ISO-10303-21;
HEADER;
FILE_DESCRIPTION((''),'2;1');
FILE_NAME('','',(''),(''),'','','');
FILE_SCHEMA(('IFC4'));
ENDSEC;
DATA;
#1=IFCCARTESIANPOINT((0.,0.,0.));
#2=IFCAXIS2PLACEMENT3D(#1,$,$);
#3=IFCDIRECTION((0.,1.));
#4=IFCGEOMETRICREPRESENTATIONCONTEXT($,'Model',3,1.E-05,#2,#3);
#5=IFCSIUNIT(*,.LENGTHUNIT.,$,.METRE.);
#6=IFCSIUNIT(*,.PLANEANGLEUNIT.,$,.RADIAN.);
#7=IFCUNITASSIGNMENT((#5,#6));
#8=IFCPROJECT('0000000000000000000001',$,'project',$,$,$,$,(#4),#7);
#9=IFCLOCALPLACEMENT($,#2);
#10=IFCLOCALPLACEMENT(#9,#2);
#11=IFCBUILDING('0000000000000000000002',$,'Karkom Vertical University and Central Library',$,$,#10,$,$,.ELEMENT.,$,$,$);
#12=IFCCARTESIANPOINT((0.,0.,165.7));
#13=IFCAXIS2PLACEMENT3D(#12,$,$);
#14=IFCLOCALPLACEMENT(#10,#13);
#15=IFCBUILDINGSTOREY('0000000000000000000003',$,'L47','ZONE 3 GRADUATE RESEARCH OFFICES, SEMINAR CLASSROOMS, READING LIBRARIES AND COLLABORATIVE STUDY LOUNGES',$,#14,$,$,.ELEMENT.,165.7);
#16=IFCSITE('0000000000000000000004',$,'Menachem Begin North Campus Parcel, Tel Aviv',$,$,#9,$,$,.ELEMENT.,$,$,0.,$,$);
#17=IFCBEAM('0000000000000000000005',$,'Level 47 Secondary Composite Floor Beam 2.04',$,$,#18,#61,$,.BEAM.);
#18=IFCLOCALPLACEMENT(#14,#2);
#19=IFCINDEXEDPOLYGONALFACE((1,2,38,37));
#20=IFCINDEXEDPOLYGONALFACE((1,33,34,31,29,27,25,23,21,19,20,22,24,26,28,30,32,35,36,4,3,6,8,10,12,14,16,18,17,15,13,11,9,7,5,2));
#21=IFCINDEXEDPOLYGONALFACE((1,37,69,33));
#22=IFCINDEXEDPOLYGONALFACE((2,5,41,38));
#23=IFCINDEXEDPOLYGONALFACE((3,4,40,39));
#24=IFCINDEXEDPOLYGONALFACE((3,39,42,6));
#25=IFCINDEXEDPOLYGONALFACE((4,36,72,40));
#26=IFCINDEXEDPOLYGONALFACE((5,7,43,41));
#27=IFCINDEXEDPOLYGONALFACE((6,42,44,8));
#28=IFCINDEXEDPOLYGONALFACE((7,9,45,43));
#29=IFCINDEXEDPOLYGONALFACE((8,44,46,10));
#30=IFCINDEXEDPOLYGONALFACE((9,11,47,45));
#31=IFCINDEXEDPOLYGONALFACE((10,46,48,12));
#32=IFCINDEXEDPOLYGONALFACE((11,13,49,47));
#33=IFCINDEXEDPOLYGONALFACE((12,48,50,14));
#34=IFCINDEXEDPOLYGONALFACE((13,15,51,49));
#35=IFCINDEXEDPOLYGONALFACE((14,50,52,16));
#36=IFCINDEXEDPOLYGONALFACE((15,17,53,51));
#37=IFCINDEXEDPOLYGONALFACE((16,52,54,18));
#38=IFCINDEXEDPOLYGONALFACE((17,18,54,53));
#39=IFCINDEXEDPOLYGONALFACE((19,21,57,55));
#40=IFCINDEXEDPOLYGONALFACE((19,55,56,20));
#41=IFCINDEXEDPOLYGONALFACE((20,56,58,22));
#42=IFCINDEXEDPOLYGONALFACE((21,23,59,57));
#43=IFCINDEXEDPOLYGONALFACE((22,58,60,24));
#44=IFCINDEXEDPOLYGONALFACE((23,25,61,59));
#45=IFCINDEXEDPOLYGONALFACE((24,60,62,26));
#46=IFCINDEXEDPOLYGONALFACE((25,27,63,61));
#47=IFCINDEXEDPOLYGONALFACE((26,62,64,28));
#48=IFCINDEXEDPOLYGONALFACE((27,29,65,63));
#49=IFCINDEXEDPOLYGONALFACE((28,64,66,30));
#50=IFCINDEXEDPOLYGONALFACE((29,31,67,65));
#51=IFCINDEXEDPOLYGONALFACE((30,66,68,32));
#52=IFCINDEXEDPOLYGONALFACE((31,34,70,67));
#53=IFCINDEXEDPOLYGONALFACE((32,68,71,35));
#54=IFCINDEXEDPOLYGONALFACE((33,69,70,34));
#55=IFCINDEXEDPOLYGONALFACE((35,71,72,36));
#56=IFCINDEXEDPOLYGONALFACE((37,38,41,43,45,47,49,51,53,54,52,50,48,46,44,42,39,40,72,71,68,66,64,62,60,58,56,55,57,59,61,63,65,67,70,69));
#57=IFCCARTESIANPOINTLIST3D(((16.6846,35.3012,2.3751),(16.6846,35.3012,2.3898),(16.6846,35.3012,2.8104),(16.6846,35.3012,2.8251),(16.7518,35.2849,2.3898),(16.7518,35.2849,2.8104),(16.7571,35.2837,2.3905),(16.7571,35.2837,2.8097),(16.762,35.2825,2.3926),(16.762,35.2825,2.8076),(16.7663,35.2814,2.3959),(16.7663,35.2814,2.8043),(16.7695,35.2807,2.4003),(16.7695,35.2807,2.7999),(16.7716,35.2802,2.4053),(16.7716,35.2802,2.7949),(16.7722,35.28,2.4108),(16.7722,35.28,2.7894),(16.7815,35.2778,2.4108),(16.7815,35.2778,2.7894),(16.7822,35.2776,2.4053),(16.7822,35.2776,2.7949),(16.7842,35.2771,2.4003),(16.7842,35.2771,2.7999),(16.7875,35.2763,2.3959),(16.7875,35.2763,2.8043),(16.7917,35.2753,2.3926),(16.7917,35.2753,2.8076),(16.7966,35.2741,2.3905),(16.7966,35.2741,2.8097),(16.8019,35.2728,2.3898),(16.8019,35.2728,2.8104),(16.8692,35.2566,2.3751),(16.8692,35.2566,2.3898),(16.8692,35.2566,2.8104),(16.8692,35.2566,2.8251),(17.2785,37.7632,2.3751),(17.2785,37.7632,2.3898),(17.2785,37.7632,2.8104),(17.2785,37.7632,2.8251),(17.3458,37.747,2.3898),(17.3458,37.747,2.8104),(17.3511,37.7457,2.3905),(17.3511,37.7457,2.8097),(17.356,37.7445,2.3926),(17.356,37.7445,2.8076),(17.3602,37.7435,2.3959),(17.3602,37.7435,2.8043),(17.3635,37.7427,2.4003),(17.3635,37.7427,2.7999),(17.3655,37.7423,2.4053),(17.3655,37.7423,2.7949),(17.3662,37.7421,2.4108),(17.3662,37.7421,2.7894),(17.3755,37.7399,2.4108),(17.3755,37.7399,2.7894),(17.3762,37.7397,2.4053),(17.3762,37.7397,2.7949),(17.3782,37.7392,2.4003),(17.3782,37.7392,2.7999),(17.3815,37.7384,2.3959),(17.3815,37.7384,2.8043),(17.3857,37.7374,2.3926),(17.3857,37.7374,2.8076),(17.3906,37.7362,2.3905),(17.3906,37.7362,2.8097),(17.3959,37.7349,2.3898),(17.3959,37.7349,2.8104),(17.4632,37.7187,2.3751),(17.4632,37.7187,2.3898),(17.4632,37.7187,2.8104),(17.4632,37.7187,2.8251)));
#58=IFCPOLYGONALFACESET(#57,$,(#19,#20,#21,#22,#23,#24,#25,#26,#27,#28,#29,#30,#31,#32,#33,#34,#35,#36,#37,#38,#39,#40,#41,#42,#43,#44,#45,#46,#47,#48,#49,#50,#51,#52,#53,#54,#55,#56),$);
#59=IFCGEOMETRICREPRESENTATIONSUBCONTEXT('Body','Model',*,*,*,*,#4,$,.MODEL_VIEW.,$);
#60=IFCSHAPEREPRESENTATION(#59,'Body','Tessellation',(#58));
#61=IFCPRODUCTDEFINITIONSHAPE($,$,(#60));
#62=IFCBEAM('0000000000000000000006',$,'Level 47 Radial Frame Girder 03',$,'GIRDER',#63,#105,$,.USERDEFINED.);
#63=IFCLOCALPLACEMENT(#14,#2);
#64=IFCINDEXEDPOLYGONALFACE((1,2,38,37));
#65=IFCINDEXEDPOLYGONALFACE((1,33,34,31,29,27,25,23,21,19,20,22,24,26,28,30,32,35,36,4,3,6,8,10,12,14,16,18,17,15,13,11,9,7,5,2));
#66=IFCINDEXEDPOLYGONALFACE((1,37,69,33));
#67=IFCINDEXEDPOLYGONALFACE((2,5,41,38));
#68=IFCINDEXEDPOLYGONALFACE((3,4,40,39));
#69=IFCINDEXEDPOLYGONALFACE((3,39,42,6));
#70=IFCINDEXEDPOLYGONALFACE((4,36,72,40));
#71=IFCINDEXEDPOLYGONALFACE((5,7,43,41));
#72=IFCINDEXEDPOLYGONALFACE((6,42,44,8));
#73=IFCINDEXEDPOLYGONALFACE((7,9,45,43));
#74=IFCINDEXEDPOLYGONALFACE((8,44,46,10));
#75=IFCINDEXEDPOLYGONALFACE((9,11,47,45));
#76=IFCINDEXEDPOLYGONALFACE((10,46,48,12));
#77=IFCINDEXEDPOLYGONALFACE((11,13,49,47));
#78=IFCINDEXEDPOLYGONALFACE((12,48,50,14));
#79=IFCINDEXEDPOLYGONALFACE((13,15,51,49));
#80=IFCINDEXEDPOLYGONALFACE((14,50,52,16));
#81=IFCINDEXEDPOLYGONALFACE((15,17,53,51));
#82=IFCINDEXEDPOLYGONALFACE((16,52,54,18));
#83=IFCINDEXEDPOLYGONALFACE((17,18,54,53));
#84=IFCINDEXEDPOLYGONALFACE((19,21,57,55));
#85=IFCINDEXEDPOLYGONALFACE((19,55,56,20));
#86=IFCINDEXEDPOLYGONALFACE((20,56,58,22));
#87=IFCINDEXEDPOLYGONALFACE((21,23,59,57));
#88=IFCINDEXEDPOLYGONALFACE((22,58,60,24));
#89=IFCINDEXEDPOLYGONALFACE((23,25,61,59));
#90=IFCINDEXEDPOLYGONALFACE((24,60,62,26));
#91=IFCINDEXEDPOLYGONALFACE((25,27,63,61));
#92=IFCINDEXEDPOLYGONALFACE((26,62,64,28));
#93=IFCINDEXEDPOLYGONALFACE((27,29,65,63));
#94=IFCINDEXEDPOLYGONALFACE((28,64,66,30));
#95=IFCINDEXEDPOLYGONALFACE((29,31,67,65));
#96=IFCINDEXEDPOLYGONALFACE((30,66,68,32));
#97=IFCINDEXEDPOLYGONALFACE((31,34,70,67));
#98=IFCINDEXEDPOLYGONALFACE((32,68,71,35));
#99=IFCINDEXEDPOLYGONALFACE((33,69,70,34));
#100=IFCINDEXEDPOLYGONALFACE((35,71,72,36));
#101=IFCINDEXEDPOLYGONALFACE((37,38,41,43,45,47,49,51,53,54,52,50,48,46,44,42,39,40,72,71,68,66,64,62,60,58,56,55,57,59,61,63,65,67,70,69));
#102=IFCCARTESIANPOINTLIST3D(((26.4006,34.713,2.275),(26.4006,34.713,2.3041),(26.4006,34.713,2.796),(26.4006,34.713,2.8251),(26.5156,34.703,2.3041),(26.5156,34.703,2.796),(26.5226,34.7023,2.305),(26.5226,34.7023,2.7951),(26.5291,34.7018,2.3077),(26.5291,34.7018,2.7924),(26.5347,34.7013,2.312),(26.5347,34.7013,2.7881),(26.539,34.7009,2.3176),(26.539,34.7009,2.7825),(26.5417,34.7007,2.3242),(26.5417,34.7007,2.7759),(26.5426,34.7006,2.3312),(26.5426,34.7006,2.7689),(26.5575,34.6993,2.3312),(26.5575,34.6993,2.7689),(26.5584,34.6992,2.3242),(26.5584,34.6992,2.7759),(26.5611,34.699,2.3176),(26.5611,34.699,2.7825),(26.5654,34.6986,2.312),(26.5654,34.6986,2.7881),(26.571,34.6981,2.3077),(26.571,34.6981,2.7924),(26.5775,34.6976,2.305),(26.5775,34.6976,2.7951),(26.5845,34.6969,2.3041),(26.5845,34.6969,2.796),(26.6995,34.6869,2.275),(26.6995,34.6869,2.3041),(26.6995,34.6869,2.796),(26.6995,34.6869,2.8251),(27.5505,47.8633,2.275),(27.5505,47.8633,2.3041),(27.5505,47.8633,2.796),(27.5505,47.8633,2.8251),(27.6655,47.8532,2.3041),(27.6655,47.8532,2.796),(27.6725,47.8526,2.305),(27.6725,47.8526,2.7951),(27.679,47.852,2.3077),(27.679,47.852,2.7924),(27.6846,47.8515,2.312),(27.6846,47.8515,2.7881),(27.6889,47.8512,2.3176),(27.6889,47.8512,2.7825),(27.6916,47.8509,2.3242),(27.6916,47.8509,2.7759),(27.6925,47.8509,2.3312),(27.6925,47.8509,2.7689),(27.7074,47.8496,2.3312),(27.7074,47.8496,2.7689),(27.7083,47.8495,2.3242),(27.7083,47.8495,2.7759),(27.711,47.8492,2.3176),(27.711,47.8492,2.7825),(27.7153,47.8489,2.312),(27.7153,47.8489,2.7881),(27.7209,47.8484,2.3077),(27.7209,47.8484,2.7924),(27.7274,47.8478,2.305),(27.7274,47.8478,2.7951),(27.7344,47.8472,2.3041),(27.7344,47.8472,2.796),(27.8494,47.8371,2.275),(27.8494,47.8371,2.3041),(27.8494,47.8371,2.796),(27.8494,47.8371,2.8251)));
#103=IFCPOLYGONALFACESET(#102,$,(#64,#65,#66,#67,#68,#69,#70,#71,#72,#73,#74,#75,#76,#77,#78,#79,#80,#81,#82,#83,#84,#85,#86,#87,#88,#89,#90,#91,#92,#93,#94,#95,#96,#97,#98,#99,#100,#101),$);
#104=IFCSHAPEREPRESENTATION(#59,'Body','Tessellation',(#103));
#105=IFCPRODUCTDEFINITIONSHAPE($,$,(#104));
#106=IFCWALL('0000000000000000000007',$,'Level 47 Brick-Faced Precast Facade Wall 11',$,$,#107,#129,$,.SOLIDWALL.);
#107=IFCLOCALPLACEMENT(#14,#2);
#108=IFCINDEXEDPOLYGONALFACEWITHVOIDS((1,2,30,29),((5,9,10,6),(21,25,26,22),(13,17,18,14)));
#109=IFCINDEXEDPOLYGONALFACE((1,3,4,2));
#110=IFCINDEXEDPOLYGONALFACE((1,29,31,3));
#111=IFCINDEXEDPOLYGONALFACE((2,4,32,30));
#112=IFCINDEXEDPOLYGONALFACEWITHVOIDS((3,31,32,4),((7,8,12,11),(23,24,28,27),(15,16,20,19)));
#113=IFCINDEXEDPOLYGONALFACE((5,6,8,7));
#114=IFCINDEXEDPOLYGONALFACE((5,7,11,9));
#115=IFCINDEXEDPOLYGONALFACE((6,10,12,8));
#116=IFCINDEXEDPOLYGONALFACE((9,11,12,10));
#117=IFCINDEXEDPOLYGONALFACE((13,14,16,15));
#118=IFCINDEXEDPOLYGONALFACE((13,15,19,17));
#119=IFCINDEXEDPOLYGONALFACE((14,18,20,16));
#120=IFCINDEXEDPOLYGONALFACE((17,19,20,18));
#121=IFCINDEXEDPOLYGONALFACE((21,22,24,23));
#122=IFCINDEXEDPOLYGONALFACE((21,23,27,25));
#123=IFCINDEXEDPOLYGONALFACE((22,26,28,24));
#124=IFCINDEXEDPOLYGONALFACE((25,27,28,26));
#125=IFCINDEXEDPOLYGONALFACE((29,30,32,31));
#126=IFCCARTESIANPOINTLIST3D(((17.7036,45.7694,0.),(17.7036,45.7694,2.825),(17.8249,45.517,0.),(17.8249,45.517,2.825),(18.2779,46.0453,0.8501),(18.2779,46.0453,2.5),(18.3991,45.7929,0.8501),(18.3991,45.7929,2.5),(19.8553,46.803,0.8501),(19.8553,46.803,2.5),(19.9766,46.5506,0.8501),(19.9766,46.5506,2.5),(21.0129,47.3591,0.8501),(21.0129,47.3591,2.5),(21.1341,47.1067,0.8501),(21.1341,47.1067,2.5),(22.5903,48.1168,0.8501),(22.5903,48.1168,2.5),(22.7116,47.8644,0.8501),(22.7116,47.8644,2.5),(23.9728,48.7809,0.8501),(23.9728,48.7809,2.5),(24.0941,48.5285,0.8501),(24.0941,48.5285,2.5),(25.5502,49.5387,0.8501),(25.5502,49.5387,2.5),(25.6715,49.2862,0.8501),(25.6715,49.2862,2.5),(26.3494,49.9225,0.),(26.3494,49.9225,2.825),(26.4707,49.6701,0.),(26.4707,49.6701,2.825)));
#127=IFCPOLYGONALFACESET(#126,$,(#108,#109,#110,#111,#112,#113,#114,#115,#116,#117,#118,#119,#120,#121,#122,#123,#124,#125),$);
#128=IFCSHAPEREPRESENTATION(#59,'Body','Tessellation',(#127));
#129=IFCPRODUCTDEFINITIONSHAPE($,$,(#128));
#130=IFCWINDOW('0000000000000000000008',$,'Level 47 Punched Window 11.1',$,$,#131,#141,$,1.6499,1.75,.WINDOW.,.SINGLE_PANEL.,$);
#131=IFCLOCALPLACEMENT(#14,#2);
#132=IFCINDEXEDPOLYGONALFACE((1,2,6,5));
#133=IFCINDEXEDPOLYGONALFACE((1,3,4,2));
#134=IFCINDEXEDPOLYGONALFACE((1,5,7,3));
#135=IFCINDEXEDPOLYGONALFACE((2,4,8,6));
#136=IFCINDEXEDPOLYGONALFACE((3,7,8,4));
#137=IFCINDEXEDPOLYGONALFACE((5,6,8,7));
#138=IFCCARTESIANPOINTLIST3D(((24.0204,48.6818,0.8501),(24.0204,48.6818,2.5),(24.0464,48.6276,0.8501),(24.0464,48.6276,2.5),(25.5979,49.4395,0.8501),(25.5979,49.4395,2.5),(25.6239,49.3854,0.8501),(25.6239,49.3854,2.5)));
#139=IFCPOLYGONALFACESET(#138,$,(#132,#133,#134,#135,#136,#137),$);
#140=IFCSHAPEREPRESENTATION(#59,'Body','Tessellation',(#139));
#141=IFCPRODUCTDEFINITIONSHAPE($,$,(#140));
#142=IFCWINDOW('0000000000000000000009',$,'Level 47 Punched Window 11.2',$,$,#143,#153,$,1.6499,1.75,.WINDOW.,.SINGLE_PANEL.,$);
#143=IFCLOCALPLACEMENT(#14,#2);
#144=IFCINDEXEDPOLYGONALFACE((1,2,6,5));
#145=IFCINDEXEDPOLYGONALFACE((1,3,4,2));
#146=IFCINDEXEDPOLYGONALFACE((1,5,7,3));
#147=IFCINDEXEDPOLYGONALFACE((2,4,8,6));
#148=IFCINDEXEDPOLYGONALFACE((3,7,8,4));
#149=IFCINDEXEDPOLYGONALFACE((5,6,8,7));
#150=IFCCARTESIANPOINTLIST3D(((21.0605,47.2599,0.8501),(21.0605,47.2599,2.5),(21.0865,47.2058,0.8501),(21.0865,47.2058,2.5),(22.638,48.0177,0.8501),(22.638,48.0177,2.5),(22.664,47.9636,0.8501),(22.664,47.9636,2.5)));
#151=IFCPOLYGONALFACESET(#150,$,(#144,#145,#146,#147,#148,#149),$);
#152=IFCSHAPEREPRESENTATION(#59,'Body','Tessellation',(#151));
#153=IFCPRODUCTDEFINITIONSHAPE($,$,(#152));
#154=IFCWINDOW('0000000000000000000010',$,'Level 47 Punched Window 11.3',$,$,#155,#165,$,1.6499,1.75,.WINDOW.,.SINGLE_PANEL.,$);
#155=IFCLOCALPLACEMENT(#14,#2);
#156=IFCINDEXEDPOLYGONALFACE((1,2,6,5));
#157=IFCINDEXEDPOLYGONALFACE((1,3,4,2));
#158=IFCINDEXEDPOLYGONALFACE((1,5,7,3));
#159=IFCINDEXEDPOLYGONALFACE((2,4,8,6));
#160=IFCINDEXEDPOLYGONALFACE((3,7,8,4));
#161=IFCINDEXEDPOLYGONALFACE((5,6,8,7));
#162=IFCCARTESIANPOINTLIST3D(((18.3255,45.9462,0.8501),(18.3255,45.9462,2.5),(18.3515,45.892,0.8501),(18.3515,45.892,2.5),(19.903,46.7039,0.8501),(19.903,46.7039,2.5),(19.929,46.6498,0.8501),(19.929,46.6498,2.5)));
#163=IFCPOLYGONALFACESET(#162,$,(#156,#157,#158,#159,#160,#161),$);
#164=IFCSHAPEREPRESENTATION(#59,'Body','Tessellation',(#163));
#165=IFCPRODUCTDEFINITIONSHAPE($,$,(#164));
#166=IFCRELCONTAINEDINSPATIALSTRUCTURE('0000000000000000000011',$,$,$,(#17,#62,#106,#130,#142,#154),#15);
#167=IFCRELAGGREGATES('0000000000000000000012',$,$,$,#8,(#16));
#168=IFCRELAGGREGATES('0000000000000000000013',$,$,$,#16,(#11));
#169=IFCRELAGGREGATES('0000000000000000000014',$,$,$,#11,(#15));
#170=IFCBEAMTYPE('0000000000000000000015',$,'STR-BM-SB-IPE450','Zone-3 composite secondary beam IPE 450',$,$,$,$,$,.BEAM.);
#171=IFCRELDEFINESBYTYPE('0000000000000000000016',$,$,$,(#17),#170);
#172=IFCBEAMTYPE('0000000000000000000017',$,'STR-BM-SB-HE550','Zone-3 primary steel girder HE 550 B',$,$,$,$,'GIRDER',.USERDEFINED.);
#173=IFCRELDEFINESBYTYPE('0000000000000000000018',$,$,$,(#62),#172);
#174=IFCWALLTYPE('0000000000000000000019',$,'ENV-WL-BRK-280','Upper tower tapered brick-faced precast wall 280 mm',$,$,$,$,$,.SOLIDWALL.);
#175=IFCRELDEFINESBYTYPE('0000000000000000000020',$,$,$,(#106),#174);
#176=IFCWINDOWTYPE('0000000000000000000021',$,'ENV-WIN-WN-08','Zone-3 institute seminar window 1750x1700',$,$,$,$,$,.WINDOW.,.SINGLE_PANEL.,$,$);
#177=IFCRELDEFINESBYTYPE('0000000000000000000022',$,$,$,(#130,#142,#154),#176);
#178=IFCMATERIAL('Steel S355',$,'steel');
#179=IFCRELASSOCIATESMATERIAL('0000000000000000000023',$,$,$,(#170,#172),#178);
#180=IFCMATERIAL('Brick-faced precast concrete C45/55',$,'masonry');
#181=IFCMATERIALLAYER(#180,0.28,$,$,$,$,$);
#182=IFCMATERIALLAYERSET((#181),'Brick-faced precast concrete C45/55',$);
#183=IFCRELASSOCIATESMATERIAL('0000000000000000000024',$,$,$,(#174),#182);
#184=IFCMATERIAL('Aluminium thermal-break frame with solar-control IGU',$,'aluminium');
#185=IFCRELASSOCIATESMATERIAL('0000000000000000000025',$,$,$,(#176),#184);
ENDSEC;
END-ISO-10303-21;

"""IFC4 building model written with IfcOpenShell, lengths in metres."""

from ifc_helpers import new_model, si_unit, direction, frame, frame_2d, origin, origin_with_axes, origin_2d, place, context, subcontext, project, spatial, rectangle, i_section, extrude, source, transform, mapped, material, layer, layer_set, material_profile, profile_set, type_object, element, fill, save


model = new_model("IFC4")

# Units and contexts
model_context = context("Model", 3, precision=1e-05, world=origin(), true_north=direction((0.0, 1.0)))
body_context = subcontext(model_context, "Body", "Model", "MODEL_VIEW")
ifc_project = project(units=[si_unit("LENGTHUNIT", "METRE"), si_unit("PLANEANGLEUNIT", "RADIAN")], contexts=[model_context])

# Site, building, storey
site_placement = place(None, origin())
site = spatial("IfcSite", under=ifc_project, at=site_placement, Name="Menachem Begin North Campus Parcel, Tel Aviv", CompositionType="ELEMENT", RefElevation=0.0)
building_placement = place(site_placement, origin())
building = spatial("IfcBuilding", under=site, at=building_placement, Name="Karkom Vertical University and Central Library", CompositionType="ELEMENT")
storey_placement = place(building_placement, frame((0.0, 0.0, 165.7)))
storey = spatial("IfcBuildingStorey", under=building, at=storey_placement, Name="L47", Description="ZONE 3 GRADUATE RESEARCH OFFICES, SEMINAR CLASSROOMS, READING LIBRARIES AND COLLABORATIVE STUDY LOUNGES", CompositionType="ELEMENT", Elevation=165.7)

# Beams
ifc_material_1 = material(Name="Steel S355", Category="steel")
ifc_material_profile_1 = material_profile(ifc_material_1, i_section(OverallWidth=0.1899, OverallDepth=0.45, WebThickness=0.0095, FlangeThickness=0.0146, FilletRadius=0.021, at=origin_2d()), Name="IPE 450")
ifc_profile_set_1 = profile_set([ifc_material_profile_1], Name="Steel S355")
beam_type_1 = type_object("IfcBeamType", Name="STR-BM-SB-IPE450", Description="Zone-3 composite secondary beam IPE 450", PredefinedType="BEAM", material=ifc_profile_set_1)
shared_shape_1 = source(origin_with_axes(), body_context, "Body", "SweptSolid", [
    extrude(i_section(OverallWidth=0.1899, OverallDepth=0.45, WebThickness=0.0095, FlangeThickness=0.0146, FilletRadius=0.021, at=origin_2d()), origin(), (0.0, 0.0, 1.0), 2.5327),
])
beam_1_placement = place(storey_placement, frame((17.3708, 37.741, 2.6001), z_axis=(-0.234521, -0.972111, 0.0), x_axis=(0.972111, -0.234521, 0.0)))
element("IfcBeam", 1, at=beam_1_placement, inside=storey, type_object=beam_type_1, Name="Level 47 Secondary Composite Floor Beam 2.04", PredefinedType="BEAM", context=body_context, shape_type="MappedRepresentation", body=[
    mapped(shared_shape_1, transform((0.0, 0.0, 0.0), scale=1.0)),
])
ifc_material_profile_2 = material_profile(ifc_material_1, i_section(OverallWidth=0.3, OverallDepth=0.55, WebThickness=0.0149, FlangeThickness=0.0291, FilletRadius=0.0271, at=origin_2d()), Name="HE 550 B")
ifc_profile_set_2 = profile_set([ifc_material_profile_2], Name="Steel S355")
beam_type_2 = type_object("IfcBeamType", Name="STR-BM-SB-HE550", Description="Zone-3 primary steel girder HE 550 B", ElementType="GIRDER", PredefinedType="USERDEFINED", material=ifc_profile_set_2)
shared_shape_2 = source(origin_with_axes(), body_context, "Body", "SweptSolid", [
    extrude(i_section(OverallWidth=0.3, OverallDepth=0.55, WebThickness=0.0149, FlangeThickness=0.0291, FilletRadius=0.0271, at=origin_2d()), origin(), (0.0, 0.0, 1.0), 13.2004),
])
beam_2_placement = place(storey_placement, frame((26.55, 34.7, 2.55), z_axis=(0.087112, 0.996199, 0.0), x_axis=(-0.996199, 0.087112, 0.0)))
element("IfcBeam", 2, at=beam_2_placement, inside=storey, type_object=beam_type_2, Name="Level 47 Radial Frame Girder 03", ObjectType="GIRDER", PredefinedType="USERDEFINED", context=body_context, shape_type="MappedRepresentation", body=[
    mapped(shared_shape_2, transform((0.0, 0.0, 0.0), scale=1.0)),
])

# Wall, openings, windows
ifc_material_2 = material(Name="Brick-faced precast concrete C45/55", Category="masonry")
ifc_layer_1 = layer(ifc_material_2, 0.28)
ifc_layer_set_1 = layer_set([ifc_layer_1], Name="Brick-faced precast concrete C45/55")
wall_type_1 = type_object("IfcWallType", Name="ENV-WL-BRK-280", Description="Upper tower tapered brick-faced precast wall 280 mm", PredefinedType="SOLIDWALL", material=ifc_layer_set_1)
wall_1_placement = place(storey_placement, frame((26.4102, 49.7964, 0.0), z_axis=(0.0, 0.0, 1.0), x_axis=(-0.901396, -0.432995, 0.0)))
wall_1 = element("IfcWall", 3, at=wall_1_placement, inside=storey, type_object=wall_type_1, Name="Level 47 Brick-Faced Precast Facade Wall 11", PredefinedType="SOLIDWALL", context=body_context, shape_type="SweptSolid", body=[
    extrude(rectangle(XDim=9.5916, YDim=0.28, at=frame_2d((4.7959, 0.0))), origin(), (0.0, 0.0, 1.0), 2.825),
])
opening_1_placement = place(wall_1_placement, frame((0.8867, 0.0, 0.8501)))
opening_1 = element("IfcOpeningElement", 4, at=opening_1_placement, cuts=wall_1, PredefinedType="OPENING", context=body_context, shape_type="SweptSolid", body=[
    extrude(rectangle(XDim=1.75, YDim=1.6499, at=frame_2d((0.875, 0.825))), frame((0.0, 0.1499, 0.0), z_axis=(0.0, -1.0, 0.0), x_axis=(1.0, 0.0, 0.0)), (0.0, 0.0, 1.0), 0.3),
])
opening_2_placement = place(wall_1_placement, frame((4.1704, 0.0, 0.8501)))
opening_2 = element("IfcOpeningElement", 5, at=opening_2_placement, cuts=wall_1, PredefinedType="OPENING", context=body_context, shape_type="SweptSolid", body=[
    extrude(rectangle(XDim=1.75, YDim=1.6499, at=frame_2d((0.875, 0.825))), frame((0.0, 0.1499, 0.0), z_axis=(0.0, -1.0, 0.0), x_axis=(1.0, 0.0, 0.0)), (0.0, 0.0, 1.0), 0.3),
])
opening_3_placement = place(wall_1_placement, frame((7.2046, 0.0, 0.8501)))
opening_3 = element("IfcOpeningElement", 6, at=opening_3_placement, cuts=wall_1, PredefinedType="OPENING", context=body_context, shape_type="SweptSolid", body=[
    extrude(rectangle(XDim=1.75, YDim=1.6499, at=frame_2d((0.875, 0.825))), frame((0.0, 0.1499, 0.0), z_axis=(0.0, -1.0, 0.0), x_axis=(1.0, 0.0, 0.0)), (0.0, 0.0, 1.0), 0.3),
])
ifc_material_3 = material(Name="Aluminium thermal-break frame with solar-control IGU", Category="aluminium")
window_type_1 = type_object("IfcWindowType", Name="ENV-WIN-WN-08", Description="Zone-3 institute seminar window 1750x1700", PartitioningType="SINGLE_PANEL", PredefinedType="WINDOW", material=ifc_material_3)
shared_shape_3 = source(origin_with_axes(), body_context, "Body", "SweptSolid", [
    extrude(rectangle(XDim=1.75, YDim=1.6499, at=frame_2d((0.875, 0.825))), frame((0.0, 0.03, 0.0), z_axis=(0.0, -1.0, 0.0), x_axis=(1.0, 0.0, 0.0)), (0.0, 0.0, 1.0), 0.0601),
])
window_1_placement = place(opening_1_placement, origin())
window_1 = element("IfcWindow", 7, at=window_1_placement, inside=storey, type_object=window_type_1, Name="Level 47 Punched Window 11.1", OverallHeight=1.6499, OverallWidth=1.75, PartitioningType="SINGLE_PANEL", PredefinedType="WINDOW", context=body_context, shape_type="MappedRepresentation", body=[
    mapped(shared_shape_3, transform((0.0, 0.0, 0.0), scale=1.0)),
])
fill(opening_1, window_1)
window_2_placement = place(opening_2_placement, origin())
window_2 = element("IfcWindow", 8, at=window_2_placement, inside=storey, type_object=window_type_1, Name="Level 47 Punched Window 11.2", OverallHeight=1.6499, OverallWidth=1.75, PartitioningType="SINGLE_PANEL", PredefinedType="WINDOW", context=body_context, shape_type="MappedRepresentation", body=[
    mapped(shared_shape_3, transform((0.0, 0.0, 0.0), scale=1.0)),
])
fill(opening_2, window_2)
window_3_placement = place(opening_3_placement, origin())
window_3 = element("IfcWindow", 9, at=window_3_placement, inside=storey, type_object=window_type_1, Name="Level 47 Punched Window 11.3", OverallHeight=1.6499, OverallWidth=1.75, PartitioningType="SINGLE_PANEL", PredefinedType="WINDOW", context=body_context, shape_type="MappedRepresentation", body=[
    mapped(shared_shape_3, transform((0.0, 0.0, 0.0), scale=1.0)),
])
fill(opening_3, window_3)

save(model, "model.ifc")
